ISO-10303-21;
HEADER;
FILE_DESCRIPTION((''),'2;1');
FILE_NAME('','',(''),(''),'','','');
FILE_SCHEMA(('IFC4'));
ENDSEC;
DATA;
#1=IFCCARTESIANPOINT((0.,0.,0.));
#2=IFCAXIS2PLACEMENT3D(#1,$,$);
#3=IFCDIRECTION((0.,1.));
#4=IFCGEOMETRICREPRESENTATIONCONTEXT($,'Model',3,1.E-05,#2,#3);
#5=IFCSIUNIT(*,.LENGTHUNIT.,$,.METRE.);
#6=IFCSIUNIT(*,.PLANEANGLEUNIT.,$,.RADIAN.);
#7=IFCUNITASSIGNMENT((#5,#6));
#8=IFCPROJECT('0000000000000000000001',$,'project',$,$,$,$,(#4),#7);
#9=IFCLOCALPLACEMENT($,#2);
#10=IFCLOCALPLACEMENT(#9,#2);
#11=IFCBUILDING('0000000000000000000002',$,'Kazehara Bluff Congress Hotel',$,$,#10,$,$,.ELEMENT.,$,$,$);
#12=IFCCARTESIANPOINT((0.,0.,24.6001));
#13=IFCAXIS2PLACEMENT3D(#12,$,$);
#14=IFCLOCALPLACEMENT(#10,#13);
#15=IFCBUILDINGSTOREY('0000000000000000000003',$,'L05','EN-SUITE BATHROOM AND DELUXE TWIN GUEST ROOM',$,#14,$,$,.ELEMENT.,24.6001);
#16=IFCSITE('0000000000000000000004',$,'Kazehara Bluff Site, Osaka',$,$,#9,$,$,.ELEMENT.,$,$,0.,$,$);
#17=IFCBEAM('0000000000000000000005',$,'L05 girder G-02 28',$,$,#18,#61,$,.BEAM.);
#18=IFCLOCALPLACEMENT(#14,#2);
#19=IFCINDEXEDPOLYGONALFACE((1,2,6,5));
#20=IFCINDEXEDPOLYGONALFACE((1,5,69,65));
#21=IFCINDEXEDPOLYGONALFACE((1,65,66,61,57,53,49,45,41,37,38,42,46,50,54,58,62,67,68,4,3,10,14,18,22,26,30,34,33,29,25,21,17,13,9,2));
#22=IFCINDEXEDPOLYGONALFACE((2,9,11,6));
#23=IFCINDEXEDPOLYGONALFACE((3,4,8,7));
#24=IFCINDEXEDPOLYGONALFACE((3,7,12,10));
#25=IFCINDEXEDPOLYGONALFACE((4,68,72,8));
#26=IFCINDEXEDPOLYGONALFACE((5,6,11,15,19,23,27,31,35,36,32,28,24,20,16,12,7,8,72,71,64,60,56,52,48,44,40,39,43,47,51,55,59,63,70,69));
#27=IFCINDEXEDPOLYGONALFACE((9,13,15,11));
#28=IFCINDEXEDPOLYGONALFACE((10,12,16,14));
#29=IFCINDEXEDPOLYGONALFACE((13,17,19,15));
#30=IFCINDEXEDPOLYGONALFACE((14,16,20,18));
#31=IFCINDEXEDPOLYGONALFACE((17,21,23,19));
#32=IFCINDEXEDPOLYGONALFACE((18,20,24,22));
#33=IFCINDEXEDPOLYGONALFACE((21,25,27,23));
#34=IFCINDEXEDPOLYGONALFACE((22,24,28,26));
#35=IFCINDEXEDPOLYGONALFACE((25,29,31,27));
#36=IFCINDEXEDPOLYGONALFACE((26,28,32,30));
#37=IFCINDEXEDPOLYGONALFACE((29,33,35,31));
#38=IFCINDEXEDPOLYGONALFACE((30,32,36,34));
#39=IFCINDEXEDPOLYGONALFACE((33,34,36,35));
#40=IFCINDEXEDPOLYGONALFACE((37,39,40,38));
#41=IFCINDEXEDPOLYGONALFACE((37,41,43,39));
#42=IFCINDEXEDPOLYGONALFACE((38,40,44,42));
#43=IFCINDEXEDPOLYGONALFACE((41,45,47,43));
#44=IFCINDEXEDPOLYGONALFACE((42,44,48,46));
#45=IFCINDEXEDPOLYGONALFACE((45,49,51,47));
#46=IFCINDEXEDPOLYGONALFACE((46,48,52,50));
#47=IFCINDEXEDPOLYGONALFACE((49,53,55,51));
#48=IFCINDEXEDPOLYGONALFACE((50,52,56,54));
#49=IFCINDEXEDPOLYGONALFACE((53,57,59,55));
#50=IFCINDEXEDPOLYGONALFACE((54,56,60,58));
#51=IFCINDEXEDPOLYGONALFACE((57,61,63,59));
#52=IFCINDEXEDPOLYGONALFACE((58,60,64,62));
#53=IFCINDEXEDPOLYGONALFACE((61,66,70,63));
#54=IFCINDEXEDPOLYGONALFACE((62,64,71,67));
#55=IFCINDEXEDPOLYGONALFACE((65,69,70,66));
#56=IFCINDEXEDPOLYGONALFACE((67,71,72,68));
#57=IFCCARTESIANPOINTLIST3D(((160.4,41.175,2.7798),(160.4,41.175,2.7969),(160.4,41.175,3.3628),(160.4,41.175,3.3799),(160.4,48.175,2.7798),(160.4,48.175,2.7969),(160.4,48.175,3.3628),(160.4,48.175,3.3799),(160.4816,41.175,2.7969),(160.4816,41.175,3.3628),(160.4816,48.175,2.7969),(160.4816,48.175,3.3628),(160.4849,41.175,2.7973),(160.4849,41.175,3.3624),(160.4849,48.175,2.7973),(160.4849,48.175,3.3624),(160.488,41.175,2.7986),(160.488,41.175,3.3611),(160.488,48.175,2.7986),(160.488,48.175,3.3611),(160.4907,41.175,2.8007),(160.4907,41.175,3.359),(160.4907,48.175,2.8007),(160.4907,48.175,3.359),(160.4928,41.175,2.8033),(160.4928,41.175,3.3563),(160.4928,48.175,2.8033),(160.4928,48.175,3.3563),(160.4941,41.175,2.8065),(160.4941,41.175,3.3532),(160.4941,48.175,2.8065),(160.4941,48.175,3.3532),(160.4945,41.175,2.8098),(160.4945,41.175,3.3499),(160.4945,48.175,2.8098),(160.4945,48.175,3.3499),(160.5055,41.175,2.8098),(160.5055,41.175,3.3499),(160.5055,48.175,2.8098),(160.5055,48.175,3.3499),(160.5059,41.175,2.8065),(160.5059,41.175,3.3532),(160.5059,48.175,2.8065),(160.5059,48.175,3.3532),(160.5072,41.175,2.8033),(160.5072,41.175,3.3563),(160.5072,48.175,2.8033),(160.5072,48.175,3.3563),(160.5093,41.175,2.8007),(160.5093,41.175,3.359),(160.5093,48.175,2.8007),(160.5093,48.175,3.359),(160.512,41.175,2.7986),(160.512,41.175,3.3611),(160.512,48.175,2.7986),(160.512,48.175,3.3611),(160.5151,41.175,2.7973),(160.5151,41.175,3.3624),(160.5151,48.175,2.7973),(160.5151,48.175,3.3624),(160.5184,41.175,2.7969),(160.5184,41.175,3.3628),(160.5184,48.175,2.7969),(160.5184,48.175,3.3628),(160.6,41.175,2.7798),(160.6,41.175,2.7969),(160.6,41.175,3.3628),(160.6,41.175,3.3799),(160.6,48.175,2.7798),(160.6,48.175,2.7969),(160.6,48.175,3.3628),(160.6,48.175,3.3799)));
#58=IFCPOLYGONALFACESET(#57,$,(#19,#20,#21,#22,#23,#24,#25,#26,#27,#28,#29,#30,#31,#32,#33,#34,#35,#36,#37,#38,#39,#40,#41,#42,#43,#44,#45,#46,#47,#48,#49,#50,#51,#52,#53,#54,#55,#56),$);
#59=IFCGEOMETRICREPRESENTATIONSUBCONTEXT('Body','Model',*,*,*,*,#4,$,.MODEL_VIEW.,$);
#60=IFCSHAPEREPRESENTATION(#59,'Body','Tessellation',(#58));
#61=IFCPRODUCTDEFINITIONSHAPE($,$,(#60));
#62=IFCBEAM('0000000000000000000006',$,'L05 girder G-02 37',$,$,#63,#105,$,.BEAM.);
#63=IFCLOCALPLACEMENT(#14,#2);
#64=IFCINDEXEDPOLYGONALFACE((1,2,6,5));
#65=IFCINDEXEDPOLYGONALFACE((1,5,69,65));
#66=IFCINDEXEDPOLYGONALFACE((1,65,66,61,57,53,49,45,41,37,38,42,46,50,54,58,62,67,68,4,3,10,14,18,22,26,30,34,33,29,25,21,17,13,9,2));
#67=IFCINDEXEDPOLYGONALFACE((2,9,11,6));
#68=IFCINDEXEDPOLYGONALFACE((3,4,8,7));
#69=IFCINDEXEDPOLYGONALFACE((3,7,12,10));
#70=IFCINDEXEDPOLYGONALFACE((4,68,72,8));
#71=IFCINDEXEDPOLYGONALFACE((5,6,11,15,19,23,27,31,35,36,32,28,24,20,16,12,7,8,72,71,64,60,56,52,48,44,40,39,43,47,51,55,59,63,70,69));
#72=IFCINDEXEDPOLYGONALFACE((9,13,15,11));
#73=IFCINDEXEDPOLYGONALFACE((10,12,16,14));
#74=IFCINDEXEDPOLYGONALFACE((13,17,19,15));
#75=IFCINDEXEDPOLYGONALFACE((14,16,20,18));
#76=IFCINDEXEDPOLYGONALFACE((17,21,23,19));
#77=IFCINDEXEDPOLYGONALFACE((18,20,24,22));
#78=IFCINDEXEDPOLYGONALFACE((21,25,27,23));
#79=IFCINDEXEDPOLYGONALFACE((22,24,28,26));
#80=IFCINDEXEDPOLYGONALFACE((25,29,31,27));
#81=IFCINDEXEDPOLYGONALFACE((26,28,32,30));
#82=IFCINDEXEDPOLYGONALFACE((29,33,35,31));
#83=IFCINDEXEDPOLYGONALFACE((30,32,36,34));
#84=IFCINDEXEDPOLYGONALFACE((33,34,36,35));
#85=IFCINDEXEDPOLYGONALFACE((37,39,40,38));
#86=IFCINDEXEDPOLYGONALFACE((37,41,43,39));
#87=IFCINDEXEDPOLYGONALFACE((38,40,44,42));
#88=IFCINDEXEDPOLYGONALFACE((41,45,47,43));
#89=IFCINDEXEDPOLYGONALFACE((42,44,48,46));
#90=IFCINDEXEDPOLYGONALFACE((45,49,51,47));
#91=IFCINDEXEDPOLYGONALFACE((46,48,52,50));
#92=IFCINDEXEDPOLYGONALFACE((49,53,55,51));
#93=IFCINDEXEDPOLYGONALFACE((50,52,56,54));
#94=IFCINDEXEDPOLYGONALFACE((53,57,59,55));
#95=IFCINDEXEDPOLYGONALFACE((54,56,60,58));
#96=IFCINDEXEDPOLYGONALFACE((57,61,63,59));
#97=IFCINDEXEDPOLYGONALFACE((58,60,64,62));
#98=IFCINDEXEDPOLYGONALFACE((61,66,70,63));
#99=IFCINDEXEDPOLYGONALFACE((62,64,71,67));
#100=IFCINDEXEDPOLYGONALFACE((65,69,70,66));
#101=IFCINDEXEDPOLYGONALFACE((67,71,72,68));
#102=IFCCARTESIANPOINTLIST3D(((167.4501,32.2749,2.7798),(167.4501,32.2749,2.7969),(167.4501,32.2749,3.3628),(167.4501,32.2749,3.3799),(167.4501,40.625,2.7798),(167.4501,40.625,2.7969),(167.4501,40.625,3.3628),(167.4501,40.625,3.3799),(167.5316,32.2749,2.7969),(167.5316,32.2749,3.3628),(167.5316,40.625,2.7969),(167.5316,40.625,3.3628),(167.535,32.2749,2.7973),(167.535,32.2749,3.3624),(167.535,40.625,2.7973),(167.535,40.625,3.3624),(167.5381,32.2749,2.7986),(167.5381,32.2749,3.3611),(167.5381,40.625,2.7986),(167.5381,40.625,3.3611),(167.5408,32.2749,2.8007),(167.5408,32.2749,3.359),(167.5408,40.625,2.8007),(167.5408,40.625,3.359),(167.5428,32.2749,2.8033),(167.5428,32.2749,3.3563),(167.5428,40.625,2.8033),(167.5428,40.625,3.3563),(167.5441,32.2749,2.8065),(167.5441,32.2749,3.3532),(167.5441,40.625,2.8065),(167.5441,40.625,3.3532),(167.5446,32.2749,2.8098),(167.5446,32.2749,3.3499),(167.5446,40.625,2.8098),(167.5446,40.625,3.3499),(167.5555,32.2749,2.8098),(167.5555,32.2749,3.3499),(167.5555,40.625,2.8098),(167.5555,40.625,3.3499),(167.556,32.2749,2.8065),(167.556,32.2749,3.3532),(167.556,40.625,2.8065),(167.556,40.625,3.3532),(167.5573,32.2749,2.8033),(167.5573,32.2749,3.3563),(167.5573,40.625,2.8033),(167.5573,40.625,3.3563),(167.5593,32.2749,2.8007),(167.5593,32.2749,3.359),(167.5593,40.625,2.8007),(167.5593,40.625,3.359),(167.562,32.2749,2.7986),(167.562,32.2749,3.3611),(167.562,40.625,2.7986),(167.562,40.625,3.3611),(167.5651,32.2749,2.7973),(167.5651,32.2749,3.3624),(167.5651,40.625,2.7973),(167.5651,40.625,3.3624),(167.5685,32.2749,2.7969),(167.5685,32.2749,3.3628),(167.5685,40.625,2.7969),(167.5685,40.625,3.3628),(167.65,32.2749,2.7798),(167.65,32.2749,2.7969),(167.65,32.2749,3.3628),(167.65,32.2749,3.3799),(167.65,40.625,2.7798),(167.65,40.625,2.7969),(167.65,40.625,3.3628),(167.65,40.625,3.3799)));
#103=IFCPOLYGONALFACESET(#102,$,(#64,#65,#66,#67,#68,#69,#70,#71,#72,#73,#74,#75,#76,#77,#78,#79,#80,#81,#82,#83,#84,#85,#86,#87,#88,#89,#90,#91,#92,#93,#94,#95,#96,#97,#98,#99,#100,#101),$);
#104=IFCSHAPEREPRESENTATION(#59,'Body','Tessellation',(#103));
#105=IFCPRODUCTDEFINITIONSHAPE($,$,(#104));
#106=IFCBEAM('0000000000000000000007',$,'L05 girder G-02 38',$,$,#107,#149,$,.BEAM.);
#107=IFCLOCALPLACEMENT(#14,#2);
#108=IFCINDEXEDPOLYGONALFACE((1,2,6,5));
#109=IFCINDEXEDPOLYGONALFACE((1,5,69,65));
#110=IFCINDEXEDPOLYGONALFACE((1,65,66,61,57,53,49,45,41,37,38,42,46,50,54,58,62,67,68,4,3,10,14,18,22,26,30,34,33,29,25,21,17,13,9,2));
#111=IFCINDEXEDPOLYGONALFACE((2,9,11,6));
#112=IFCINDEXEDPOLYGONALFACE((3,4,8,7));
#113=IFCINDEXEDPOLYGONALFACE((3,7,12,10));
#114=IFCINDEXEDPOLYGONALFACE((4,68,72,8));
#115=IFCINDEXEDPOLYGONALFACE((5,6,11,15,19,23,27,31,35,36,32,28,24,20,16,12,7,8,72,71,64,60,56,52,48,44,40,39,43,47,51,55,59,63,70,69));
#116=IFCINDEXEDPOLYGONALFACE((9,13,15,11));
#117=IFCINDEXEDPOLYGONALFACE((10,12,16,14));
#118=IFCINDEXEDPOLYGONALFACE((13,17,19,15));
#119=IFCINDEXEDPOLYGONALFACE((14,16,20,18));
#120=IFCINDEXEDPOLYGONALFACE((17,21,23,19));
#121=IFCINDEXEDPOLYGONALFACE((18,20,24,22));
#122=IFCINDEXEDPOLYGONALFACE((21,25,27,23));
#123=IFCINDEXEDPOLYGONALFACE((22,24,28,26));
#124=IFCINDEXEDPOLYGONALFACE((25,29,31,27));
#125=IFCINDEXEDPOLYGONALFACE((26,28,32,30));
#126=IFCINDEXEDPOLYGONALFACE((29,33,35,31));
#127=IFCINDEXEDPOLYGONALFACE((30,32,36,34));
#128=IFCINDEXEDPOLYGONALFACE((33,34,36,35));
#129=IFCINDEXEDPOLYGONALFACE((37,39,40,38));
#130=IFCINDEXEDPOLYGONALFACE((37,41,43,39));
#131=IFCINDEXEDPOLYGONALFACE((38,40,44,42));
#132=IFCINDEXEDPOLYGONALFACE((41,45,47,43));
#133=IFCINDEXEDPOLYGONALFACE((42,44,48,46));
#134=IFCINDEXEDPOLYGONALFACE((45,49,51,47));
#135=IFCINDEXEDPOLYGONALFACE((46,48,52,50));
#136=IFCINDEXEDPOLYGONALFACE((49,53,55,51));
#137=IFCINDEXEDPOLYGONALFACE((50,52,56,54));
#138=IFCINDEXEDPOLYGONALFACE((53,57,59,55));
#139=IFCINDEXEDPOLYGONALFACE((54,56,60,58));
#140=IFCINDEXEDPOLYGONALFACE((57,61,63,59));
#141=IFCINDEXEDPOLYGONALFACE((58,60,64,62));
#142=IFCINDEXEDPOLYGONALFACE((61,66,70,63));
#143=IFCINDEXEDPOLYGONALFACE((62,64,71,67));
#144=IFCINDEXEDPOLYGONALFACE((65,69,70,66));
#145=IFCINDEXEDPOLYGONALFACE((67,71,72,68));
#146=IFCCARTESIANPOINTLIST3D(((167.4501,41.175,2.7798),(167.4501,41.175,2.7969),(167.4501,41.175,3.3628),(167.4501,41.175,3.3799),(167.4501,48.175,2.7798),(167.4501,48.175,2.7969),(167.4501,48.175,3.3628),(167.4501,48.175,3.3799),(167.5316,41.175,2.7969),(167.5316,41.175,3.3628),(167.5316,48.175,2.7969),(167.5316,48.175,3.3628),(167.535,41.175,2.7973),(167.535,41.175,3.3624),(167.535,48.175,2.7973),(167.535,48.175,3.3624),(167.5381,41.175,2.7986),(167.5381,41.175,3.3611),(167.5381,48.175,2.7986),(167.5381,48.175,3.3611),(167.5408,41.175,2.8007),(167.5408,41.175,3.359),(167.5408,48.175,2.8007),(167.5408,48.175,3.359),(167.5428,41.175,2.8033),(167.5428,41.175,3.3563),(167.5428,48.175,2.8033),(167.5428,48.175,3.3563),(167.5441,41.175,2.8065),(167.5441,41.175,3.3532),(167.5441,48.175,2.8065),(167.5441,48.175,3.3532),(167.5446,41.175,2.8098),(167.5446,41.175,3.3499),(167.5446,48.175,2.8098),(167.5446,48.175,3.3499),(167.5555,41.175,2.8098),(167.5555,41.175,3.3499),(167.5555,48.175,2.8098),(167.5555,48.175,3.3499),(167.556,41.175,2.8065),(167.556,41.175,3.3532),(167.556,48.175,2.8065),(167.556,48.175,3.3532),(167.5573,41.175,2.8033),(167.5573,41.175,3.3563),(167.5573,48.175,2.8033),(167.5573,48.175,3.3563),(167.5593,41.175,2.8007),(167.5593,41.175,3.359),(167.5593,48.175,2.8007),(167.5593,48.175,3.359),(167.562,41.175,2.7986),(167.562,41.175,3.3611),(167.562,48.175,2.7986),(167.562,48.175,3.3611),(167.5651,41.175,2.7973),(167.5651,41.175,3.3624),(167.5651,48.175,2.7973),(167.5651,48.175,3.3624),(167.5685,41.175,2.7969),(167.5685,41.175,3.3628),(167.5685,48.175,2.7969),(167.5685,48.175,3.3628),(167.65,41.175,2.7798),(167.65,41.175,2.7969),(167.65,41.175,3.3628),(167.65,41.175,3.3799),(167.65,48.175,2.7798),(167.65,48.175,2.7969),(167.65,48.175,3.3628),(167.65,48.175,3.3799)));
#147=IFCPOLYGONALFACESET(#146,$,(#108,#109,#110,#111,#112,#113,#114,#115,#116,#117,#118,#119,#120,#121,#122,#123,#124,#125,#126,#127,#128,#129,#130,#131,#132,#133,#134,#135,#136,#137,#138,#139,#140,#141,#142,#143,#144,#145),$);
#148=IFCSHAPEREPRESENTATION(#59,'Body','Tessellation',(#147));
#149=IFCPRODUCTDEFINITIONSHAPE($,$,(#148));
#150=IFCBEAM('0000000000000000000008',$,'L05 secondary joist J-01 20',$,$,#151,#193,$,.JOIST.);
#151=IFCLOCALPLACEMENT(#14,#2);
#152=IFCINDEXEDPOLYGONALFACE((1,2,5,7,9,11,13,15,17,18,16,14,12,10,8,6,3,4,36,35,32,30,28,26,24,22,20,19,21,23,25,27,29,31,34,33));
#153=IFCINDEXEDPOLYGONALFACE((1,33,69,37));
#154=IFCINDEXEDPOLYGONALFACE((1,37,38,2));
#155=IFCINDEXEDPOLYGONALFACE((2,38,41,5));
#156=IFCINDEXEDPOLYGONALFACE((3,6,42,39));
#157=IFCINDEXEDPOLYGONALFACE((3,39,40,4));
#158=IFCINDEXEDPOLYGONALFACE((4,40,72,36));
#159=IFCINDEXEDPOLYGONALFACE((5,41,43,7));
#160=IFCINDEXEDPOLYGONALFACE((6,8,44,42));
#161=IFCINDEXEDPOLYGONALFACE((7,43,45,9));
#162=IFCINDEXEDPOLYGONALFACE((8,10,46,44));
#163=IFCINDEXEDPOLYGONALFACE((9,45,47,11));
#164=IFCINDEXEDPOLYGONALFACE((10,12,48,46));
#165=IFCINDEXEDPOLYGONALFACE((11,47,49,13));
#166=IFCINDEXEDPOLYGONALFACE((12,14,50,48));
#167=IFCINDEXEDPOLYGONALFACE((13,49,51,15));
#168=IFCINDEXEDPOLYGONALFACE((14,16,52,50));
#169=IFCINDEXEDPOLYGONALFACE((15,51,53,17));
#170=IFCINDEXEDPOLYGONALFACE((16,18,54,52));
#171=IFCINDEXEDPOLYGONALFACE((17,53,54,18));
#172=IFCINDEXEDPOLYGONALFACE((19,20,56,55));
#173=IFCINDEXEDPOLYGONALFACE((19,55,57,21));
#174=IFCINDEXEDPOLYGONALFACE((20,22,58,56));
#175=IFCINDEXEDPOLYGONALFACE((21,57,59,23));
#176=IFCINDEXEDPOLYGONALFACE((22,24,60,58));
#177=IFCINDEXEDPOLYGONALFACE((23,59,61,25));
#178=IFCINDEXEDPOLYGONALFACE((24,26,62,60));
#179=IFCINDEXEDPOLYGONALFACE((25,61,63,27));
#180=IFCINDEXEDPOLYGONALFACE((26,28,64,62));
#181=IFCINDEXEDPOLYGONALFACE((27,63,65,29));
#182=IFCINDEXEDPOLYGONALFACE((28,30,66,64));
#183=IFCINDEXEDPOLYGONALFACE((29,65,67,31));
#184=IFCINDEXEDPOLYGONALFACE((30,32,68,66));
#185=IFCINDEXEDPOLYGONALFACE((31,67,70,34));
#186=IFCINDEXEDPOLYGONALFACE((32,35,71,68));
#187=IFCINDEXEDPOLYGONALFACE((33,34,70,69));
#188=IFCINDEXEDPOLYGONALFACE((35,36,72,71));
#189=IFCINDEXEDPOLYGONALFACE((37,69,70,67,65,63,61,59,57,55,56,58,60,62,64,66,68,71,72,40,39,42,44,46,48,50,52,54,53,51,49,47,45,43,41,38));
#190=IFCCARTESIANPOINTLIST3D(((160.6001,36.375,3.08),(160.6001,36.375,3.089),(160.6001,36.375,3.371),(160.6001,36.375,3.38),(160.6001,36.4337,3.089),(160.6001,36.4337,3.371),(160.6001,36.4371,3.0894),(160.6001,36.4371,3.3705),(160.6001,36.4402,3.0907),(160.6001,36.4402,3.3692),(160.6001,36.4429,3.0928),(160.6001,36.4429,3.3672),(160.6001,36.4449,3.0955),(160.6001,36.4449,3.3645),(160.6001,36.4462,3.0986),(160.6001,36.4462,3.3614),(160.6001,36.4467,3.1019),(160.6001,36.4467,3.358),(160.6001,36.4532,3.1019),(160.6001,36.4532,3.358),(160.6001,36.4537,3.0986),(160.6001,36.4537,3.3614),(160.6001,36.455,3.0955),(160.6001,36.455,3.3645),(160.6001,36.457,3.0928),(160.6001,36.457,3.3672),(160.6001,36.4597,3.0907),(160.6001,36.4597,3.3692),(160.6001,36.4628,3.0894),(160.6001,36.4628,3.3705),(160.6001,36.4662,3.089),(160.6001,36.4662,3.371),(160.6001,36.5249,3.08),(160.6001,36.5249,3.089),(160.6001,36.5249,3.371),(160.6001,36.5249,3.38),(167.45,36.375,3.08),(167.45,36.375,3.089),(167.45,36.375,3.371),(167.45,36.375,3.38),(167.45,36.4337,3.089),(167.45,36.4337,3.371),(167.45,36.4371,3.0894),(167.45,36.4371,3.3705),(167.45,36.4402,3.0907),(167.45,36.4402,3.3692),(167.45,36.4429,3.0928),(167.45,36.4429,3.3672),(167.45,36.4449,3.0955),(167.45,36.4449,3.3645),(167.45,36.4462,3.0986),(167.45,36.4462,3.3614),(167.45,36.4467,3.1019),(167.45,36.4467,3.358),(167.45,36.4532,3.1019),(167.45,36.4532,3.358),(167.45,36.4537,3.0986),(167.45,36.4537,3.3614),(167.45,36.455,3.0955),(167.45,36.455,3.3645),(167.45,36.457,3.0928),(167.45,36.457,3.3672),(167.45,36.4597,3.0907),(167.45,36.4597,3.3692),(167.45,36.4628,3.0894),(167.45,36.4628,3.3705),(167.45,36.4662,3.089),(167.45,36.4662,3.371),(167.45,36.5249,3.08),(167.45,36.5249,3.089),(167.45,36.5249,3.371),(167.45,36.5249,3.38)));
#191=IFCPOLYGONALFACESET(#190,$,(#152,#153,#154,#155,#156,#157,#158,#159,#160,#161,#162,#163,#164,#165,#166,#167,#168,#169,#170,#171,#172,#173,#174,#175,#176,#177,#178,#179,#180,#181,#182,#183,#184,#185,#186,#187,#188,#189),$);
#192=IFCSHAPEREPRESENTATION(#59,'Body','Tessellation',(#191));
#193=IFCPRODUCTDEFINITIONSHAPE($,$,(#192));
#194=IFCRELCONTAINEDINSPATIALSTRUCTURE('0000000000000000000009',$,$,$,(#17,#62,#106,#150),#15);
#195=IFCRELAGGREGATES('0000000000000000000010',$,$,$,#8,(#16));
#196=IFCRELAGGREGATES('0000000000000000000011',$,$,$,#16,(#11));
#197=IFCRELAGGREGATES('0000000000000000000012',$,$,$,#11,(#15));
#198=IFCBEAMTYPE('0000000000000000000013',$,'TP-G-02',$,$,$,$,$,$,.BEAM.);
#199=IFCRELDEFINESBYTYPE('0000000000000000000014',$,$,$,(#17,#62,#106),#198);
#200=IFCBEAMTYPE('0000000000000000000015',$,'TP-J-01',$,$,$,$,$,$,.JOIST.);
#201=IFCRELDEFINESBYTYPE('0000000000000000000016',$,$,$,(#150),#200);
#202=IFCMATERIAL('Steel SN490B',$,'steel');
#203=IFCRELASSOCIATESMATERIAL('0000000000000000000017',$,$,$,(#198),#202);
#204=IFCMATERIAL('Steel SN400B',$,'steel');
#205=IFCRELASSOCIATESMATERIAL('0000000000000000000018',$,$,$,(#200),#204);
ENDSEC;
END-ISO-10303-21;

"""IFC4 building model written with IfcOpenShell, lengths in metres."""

from ifc_helpers import new_model, si_unit, direction, frame, origin, origin_2d, place, context, subcontext, project, spatial, i_section, extrude, material, material_profile, profile_set, type_object, element, save


model = new_model("IFC4")

# Units and contexts
model_context = context("Model", 3, precision=1e-05, world=origin(), true_north=direction((0.0, 1.0)))
body_context = subcontext(model_context, "Body", "Model", "MODEL_VIEW")
ifc_project = project(units=[si_unit("LENGTHUNIT", "METRE"), si_unit("PLANEANGLEUNIT", "RADIAN")], contexts=[model_context])

# Site, building, storey
site_placement = place(None, origin())
site = spatial("IfcSite", under=ifc_project, at=site_placement, Name="Kazehara Bluff Site, Osaka", CompositionType="ELEMENT", RefElevation=0.0)
building_placement = place(site_placement, origin())
building = spatial("IfcBuilding", under=site, at=building_placement, Name="Kazehara Bluff Congress Hotel", CompositionType="ELEMENT")
storey_placement = place(building_placement, frame((0.0, 0.0, 24.6001)))
storey = spatial("IfcBuildingStorey", under=building, at=storey_placement, Name="L05", Description="EN-SUITE BATHROOM AND DELUXE TWIN GUEST ROOM", CompositionType="ELEMENT", Elevation=24.6001)

# Beams
ifc_material_1 = material(Name="Steel SN490B", Category="steel")
ifc_material_profile_1 = material_profile(ifc_material_1, i_section(OverallWidth=0.2, OverallDepth=0.6001, WebThickness=0.011, FlangeThickness=0.0171, FilletRadius=0.0129, at=origin_2d()))
ifc_profile_set_1 = profile_set([ifc_material_profile_1], Name="Steel SN490B")
beam_type_1 = type_object("IfcBeamType", Name="TP-G-02", PredefinedType="BEAM", material=ifc_profile_set_1)
beam_1_placement = place(storey_placement, frame((160.5, 41.175, 3.0798), z_axis=(0.0, 1.0, 0.0), x_axis=(-1.0, 0.0, 0.0)))
element("IfcBeam", 1, at=beam_1_placement, inside=storey, type_object=beam_type_1, Name="L05 girder G-02 28", PredefinedType="BEAM", context=body_context, shape_type="SweptSolid", body=[
    extrude(i_section(OverallWidth=0.2, OverallDepth=0.6001, WebThickness=0.011, FlangeThickness=0.0171, FilletRadius=0.0129, at=origin_2d()), origin(), (0.0, 0.0, 1.0), 7.0),
])
beam_2_placement = place(storey_placement, frame((167.55, 32.2749, 3.0798), z_axis=(0.0, 1.0, 0.0), x_axis=(-1.0, 0.0, 0.0)))
element("IfcBeam", 2, at=beam_2_placement, inside=storey, type_object=beam_type_1, Name="L05 girder G-02 37", PredefinedType="BEAM", context=body_context, shape_type="SweptSolid", body=[
    extrude(i_section(OverallWidth=0.2, OverallDepth=0.6001, WebThickness=0.011, FlangeThickness=0.0171, FilletRadius=0.0129, at=origin_2d()), origin(), (0.0, 0.0, 1.0), 8.3501),
])
beam_3_placement = place(storey_placement, frame((167.55, 41.175, 3.0798), z_axis=(0.0, 1.0, 0.0), x_axis=(-1.0, 0.0, 0.0)))
element("IfcBeam", 3, at=beam_3_placement, inside=storey, type_object=beam_type_1, Name="L05 girder G-02 38", PredefinedType="BEAM", context=body_context, shape_type="SweptSolid", body=[
    extrude(i_section(OverallWidth=0.2, OverallDepth=0.6001, WebThickness=0.011, FlangeThickness=0.0171, FilletRadius=0.0129, at=origin_2d()), origin(), (0.0, 0.0, 1.0), 7.0),
])
ifc_material_2 = material(Name="Steel SN400B", Category="steel")
ifc_material_profile_2 = material_profile(ifc_material_2, i_section(OverallWidth=0.1499, OverallDepth=0.3, WebThickness=0.0066, FlangeThickness=0.009, FilletRadius=0.0129, at=origin_2d()))
ifc_profile_set_2 = profile_set([ifc_material_profile_2], Name="Steel SN400B")
beam_type_2 = type_object("IfcBeamType", Name="TP-J-01", PredefinedType="JOIST", material=ifc_profile_set_2)
beam_4_placement = place(storey_placement, frame((160.6001, 36.45, 3.23), z_axis=(1.0, 0.0, 0.0), x_axis=(0.0, 1.0, 0.0)))
element("IfcBeam", 4, at=beam_4_placement, inside=storey, type_object=beam_type_2, Name="L05 secondary joist J-01 20", PredefinedType="JOIST", context=body_context, shape_type="SweptSolid", body=[
    extrude(i_section(OverallWidth=0.1499, OverallDepth=0.3, WebThickness=0.0066, FlangeThickness=0.009, FilletRadius=0.0129, at=origin_2d()), origin(), (0.0, 0.0, 1.0), 6.8499),
])

save(model, "model.ifc")
